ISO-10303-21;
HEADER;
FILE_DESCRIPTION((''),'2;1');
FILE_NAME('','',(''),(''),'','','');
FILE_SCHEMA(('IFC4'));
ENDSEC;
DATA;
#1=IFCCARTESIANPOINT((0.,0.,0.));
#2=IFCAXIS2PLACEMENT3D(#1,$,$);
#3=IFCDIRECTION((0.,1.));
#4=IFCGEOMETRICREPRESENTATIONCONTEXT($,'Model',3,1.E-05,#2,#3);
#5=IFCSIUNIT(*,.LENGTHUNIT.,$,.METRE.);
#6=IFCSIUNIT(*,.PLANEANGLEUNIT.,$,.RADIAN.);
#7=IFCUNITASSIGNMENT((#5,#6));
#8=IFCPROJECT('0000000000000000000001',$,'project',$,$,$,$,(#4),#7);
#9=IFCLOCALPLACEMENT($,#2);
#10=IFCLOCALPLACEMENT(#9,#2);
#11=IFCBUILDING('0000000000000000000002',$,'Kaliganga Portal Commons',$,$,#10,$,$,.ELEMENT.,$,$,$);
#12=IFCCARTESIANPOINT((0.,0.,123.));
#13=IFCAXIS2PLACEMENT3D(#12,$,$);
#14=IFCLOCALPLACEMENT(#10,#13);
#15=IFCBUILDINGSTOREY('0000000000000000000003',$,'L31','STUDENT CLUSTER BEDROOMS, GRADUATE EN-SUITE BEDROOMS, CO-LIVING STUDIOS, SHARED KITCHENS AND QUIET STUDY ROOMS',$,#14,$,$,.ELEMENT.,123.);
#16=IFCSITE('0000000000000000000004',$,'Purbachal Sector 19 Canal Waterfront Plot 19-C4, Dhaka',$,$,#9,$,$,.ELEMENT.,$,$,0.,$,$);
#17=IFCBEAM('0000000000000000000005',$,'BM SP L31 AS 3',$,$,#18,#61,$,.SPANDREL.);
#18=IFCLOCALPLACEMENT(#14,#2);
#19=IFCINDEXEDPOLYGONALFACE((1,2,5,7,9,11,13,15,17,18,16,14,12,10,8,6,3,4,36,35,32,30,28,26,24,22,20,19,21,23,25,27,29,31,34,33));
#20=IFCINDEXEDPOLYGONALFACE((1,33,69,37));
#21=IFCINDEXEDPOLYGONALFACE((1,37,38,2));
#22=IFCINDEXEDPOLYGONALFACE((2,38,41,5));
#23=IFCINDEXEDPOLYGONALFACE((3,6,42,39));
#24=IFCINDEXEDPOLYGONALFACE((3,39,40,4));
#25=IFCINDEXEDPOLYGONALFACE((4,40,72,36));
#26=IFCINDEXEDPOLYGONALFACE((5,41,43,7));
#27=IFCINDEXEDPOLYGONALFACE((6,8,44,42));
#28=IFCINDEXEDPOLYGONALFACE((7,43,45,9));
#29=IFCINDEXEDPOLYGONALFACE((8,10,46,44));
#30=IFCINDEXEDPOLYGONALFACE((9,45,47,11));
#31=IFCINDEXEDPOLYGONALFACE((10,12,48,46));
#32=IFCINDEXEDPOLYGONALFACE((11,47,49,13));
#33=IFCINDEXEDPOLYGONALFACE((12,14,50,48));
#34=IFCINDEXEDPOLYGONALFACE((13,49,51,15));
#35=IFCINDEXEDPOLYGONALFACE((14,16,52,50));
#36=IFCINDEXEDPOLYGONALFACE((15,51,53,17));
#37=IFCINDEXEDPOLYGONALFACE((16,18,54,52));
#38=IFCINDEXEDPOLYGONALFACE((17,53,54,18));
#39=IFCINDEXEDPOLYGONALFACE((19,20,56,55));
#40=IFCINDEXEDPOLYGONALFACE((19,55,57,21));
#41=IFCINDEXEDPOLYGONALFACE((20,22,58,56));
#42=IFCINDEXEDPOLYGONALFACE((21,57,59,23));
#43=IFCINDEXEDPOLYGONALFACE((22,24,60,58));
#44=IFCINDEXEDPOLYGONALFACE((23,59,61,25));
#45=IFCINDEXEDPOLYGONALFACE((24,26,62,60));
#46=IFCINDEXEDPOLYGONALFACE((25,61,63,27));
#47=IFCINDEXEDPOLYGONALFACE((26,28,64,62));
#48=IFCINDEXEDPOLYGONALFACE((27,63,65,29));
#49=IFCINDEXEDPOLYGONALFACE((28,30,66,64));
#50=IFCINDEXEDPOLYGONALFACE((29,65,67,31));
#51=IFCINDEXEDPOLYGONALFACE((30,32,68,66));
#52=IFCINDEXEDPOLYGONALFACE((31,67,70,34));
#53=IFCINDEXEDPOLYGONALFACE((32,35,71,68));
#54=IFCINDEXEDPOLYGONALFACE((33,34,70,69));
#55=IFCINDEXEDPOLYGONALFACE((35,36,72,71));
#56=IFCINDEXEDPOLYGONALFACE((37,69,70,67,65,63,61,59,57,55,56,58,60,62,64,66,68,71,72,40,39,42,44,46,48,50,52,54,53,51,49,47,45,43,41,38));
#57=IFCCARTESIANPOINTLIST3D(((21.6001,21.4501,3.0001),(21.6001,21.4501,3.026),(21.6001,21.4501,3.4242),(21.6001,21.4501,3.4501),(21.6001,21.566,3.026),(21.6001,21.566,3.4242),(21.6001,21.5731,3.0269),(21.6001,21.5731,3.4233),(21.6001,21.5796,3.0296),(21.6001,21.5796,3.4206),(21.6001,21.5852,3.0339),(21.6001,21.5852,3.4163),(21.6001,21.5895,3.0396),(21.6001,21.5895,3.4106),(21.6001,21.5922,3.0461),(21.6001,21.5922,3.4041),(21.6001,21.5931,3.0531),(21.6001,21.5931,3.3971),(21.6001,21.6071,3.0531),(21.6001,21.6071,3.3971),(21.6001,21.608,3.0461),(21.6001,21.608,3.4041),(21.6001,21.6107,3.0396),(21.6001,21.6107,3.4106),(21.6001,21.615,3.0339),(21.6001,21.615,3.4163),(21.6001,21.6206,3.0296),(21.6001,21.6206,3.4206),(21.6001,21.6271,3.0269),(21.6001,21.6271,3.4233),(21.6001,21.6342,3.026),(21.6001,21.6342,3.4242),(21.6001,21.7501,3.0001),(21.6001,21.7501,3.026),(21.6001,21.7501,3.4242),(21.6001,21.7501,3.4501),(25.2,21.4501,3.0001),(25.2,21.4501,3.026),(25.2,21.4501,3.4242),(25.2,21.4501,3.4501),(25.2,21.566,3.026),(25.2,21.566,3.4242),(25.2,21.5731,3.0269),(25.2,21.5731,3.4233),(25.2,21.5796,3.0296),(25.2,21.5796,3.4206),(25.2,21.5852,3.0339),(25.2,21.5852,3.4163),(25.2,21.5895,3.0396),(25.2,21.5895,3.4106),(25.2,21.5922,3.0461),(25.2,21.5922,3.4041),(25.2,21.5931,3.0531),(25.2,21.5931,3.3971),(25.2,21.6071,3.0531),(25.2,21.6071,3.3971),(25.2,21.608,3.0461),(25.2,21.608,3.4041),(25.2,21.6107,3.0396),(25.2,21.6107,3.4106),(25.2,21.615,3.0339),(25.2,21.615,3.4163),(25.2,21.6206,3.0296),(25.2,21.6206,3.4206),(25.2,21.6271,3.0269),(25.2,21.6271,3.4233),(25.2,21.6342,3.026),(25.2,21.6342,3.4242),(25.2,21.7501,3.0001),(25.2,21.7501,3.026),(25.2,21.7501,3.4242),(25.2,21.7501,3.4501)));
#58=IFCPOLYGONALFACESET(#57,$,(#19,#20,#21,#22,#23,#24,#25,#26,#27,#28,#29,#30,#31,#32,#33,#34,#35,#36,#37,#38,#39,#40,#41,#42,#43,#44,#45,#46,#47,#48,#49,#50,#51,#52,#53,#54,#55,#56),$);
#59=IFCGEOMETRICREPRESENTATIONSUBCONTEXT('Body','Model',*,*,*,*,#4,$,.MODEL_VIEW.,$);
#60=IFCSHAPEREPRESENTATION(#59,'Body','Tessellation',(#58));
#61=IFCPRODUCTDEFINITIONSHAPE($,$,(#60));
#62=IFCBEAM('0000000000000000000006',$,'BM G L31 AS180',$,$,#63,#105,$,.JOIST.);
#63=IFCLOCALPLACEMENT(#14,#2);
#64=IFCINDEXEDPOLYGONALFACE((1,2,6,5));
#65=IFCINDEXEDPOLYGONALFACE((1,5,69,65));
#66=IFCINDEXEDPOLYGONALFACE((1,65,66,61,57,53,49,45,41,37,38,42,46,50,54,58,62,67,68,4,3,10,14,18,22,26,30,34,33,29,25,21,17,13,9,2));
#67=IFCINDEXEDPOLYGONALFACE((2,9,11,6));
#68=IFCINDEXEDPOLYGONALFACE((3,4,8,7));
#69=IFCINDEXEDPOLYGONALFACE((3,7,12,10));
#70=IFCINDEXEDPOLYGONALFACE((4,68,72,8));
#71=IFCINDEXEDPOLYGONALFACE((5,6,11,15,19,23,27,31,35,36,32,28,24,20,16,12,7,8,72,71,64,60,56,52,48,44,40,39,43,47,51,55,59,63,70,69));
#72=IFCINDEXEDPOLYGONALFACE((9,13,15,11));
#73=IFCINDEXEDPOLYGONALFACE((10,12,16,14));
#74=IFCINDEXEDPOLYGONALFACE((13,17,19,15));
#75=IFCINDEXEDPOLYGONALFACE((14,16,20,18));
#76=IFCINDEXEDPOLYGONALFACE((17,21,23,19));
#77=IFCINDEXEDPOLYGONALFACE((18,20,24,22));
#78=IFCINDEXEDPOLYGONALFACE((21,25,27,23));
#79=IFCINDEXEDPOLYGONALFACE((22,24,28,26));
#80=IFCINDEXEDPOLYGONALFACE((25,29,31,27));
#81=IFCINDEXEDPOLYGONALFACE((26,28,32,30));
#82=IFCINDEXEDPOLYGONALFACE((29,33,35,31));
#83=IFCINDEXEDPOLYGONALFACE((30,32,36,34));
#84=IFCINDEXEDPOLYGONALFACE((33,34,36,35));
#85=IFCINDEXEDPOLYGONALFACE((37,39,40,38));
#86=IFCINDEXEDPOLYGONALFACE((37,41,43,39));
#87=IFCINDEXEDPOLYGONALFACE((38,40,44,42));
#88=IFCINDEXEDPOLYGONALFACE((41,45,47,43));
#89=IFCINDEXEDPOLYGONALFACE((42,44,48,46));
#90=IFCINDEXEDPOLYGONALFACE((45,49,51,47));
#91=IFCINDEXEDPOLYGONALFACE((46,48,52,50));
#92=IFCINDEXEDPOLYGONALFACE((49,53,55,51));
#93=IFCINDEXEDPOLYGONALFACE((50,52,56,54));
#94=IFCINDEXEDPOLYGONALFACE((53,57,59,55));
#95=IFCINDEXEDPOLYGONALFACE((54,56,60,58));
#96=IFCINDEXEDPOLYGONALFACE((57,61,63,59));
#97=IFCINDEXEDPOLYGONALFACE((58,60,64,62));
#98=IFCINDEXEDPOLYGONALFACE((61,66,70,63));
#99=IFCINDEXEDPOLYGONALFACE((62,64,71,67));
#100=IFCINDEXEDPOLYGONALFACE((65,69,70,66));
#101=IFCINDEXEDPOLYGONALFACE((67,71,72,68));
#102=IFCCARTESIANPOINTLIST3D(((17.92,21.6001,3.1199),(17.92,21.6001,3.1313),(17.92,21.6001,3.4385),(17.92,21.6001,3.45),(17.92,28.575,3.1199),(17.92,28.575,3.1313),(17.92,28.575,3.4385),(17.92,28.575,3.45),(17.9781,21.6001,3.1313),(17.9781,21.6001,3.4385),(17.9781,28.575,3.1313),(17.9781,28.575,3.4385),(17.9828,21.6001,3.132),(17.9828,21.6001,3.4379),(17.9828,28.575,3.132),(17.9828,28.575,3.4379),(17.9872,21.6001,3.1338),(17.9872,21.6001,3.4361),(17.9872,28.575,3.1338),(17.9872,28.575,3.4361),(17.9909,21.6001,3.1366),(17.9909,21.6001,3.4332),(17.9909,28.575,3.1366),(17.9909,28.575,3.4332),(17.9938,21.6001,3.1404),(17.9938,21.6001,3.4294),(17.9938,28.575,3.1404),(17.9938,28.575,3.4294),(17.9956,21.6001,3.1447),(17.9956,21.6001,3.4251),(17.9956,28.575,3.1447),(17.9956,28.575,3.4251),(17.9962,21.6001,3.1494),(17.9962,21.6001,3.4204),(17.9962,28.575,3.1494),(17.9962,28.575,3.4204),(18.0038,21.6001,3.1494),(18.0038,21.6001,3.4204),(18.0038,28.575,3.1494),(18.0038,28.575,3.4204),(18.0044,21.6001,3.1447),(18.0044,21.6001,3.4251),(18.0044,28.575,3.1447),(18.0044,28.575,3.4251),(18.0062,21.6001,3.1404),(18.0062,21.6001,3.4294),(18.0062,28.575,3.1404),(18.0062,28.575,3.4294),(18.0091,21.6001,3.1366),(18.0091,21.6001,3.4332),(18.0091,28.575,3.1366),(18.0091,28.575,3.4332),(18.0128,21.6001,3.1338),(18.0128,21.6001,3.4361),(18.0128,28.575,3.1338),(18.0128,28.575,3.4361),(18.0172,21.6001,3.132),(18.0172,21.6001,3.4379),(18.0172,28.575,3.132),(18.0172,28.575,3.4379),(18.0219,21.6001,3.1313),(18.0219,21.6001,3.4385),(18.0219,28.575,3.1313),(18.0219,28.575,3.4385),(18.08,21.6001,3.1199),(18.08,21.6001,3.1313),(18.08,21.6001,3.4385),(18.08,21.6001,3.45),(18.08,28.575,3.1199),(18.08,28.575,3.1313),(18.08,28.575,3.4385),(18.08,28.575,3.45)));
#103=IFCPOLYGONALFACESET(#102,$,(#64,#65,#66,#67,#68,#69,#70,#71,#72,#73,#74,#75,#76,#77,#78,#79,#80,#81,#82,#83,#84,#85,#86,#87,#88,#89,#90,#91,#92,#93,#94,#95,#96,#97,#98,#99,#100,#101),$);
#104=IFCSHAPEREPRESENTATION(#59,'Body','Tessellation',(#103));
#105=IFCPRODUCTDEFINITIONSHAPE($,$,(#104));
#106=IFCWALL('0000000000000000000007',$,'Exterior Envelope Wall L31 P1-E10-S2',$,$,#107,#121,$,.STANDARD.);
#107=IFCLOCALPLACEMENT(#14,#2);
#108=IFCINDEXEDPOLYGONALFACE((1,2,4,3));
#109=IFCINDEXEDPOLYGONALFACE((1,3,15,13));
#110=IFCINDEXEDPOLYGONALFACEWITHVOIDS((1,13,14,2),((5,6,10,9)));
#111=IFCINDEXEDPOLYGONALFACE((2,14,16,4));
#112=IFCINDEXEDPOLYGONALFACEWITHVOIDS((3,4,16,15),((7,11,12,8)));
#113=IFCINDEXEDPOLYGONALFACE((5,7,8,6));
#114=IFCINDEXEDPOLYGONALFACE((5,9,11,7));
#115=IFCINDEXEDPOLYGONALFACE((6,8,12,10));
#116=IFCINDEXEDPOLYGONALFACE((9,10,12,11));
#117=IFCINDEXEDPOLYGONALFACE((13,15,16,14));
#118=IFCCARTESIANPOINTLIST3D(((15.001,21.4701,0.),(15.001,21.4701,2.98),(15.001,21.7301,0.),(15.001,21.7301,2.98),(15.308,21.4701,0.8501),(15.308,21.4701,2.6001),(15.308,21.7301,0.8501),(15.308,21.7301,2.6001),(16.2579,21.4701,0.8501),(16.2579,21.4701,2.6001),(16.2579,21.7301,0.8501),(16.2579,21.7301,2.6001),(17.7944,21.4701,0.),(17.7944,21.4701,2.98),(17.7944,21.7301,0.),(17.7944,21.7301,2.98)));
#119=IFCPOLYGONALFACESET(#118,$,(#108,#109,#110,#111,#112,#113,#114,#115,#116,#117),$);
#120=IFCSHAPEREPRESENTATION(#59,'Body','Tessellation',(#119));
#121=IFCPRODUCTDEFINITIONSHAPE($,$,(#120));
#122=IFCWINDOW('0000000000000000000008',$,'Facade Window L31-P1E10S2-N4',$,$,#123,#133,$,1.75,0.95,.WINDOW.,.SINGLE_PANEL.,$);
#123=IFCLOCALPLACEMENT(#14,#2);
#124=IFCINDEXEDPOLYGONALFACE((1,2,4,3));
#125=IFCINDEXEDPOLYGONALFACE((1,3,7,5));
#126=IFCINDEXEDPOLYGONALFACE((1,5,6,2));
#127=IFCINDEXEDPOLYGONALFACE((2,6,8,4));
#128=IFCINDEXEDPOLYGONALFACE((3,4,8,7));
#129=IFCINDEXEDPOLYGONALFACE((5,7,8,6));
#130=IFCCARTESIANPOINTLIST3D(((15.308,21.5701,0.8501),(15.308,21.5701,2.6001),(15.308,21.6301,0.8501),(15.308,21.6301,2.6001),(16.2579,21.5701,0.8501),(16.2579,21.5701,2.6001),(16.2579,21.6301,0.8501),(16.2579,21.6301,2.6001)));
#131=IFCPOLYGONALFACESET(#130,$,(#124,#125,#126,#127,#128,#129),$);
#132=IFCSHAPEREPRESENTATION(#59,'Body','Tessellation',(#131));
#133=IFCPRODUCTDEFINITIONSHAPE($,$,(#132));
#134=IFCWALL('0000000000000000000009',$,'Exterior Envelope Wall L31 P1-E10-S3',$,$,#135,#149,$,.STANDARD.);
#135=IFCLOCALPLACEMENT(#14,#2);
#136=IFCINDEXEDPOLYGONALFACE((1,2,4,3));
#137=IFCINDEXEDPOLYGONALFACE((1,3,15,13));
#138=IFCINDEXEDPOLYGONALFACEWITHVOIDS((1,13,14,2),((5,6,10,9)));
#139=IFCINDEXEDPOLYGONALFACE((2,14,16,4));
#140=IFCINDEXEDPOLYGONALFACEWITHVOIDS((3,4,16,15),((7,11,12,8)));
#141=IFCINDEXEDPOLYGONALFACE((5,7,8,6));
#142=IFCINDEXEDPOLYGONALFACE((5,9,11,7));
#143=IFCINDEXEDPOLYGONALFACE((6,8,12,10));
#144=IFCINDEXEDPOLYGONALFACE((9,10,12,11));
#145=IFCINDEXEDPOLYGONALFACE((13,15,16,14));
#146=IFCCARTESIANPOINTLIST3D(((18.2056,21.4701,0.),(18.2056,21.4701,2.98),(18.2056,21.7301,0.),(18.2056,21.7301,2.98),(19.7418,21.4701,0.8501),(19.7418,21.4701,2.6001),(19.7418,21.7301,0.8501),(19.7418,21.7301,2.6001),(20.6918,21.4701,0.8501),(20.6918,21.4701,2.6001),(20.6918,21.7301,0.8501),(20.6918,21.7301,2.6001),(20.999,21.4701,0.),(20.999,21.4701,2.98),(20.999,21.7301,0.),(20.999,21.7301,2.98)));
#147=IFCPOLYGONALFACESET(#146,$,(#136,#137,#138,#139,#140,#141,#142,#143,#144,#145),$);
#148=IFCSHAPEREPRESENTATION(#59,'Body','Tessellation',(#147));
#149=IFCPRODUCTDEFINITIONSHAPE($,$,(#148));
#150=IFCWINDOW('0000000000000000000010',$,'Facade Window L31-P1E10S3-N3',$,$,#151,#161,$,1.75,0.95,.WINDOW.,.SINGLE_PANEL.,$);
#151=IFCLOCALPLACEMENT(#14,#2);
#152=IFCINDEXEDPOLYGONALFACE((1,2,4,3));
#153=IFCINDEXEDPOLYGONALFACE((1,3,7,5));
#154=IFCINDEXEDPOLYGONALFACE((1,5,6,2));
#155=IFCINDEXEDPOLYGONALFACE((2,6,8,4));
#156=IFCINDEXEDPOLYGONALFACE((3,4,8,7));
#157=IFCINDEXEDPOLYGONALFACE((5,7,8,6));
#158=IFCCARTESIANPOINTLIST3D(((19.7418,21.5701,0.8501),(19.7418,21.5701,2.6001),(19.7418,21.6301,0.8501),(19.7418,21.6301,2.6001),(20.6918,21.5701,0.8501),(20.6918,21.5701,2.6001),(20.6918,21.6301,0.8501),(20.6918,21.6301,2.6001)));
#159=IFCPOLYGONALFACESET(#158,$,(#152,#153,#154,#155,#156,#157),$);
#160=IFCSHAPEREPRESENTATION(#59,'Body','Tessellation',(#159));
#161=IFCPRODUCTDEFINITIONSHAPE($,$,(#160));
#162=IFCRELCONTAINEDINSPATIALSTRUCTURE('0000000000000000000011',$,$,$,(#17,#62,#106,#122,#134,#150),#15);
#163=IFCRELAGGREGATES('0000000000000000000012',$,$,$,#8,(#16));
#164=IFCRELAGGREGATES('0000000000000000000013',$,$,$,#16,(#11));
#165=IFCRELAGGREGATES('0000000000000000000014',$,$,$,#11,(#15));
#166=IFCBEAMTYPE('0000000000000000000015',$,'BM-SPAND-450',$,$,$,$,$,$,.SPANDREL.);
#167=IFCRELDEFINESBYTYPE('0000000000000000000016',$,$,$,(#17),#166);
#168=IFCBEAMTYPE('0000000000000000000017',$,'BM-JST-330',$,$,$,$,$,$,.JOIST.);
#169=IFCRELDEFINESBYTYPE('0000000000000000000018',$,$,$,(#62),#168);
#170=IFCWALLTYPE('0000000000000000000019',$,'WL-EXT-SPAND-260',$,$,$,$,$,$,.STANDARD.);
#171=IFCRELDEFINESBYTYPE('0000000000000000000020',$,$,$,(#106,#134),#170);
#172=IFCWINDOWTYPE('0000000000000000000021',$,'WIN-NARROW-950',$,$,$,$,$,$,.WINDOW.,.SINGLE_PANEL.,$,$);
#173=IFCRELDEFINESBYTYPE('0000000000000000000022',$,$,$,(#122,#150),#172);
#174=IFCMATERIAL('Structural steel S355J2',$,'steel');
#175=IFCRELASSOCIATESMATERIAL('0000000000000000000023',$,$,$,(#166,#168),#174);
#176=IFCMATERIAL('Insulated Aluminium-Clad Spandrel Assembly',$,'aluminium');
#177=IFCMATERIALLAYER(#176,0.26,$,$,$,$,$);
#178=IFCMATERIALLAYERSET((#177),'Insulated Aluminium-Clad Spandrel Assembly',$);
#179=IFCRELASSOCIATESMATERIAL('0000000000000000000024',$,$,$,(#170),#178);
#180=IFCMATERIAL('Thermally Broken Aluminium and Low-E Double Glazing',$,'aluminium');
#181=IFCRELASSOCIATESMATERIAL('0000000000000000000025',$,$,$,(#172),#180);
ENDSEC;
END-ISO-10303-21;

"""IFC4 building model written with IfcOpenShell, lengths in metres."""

from ifc_helpers import new_model, si_unit, direction, frame, frame_2d, origin, origin_2d, place, context, subcontext, project, spatial, rectangle, i_section, extrude, source, transform, mapped, material, layer, layer_set, material_profile, profile_set, type_object, element, fill, save


model = new_model("IFC4")

# Units and contexts
model_context = context("Model", 3, precision=1e-05, world=origin(), true_north=direction((0.0, 1.0)))
body_context = subcontext(model_context, "Body", "Model", "MODEL_VIEW")
ifc_project = project(units=[si_unit("LENGTHUNIT", "METRE"), si_unit("PLANEANGLEUNIT", "RADIAN")], contexts=[model_context])

# Site, building, storey
site_placement = place(None, origin())
site = spatial("IfcSite", under=ifc_project, at=site_placement, Name="Purbachal Sector 19 Canal Waterfront Plot 19-C4, Dhaka", CompositionType="ELEMENT", RefElevation=0.0)
building_placement = place(site_placement, origin())
building = spatial("IfcBuilding", under=site, at=building_placement, Name="Kaliganga Portal Commons", CompositionType="ELEMENT")
storey_placement = place(building_placement, frame((0.0, 0.0, 123.0)))
storey = spatial("IfcBuildingStorey", under=building, at=storey_placement, Name="L31", Description="STUDENT CLUSTER BEDROOMS, GRADUATE EN-SUITE BEDROOMS, CO-LIVING STUDIOS, SHARED KITCHENS AND QUIET STUDY ROOMS", CompositionType="ELEMENT", Elevation=123.0)

# Beams
ifc_material_1 = material(Name="Structural steel S355J2", Category="steel")
ifc_material_profile_1 = material_profile(ifc_material_1, i_section(OverallWidth=0.3, OverallDepth=0.45, WebThickness=0.0139, FlangeThickness=0.0259, FilletRadius=0.0271, at=origin_2d()), Name="HE 450 B")
ifc_profile_set_1 = profile_set([ifc_material_profile_1], Name="Structural steel S355J2 wide-flange")
beam_type_1 = type_object("IfcBeamType", Name="BM-SPAND-450", PredefinedType="SPANDREL", material=ifc_profile_set_1)
shared_shape_1 = source(origin(), body_context, "Body", "SweptSolid", [
    extrude(i_section(OverallWidth=0.3, OverallDepth=0.45, WebThickness=0.0139, FlangeThickness=0.0259, FilletRadius=0.0271, at=origin_2d()), origin(), (0.0, 0.0, 1.0), 3.5999),
])
beam_1_placement = place(storey_placement, frame((21.6001, 21.6001, 3.2251), z_axis=(1.0, 0.0, 0.0), x_axis=(0.0, 1.0, 0.0)))
element("IfcBeam", 1, at=beam_1_placement, inside=storey, type_object=beam_type_1, Name="BM SP L31 AS 3", PredefinedType="SPANDREL", context=body_context, shape_type="MappedRepresentation", body=[
    mapped(shared_shape_1, transform((0.0, 0.0, 0.0), x_axis=(1.0, 0.0, 0.0), y_axis=(0.0, 1.0, 0.0), z_axis=(0.0, 0.0, 1.0), scale=1.0)),
])
ifc_material_profile_2 = material_profile(ifc_material_1, i_section(OverallWidth=0.1599, OverallDepth=0.3301, WebThickness=0.0076, FlangeThickness=0.0115, FilletRadius=0.0181, at=origin_2d()), Name="IPE 330")
ifc_profile_set_2 = profile_set([ifc_material_profile_2], Name="Structural steel S355J2 wide-flange")
beam_type_2 = type_object("IfcBeamType", Name="BM-JST-330", PredefinedType="JOIST", material=ifc_profile_set_2)
shared_shape_2 = source(origin(), body_context, "Body", "SweptSolid", [
    extrude(i_section(OverallWidth=0.1599, OverallDepth=0.3301, WebThickness=0.0076, FlangeThickness=0.0115, FilletRadius=0.0181, at=origin_2d()), origin(), (0.0, 0.0, 1.0), 6.9749),
])
beam_2_placement = place(storey_placement, frame((18.0, 21.6001, 3.2849), z_axis=(0.0, 1.0, 0.0), x_axis=(-1.0, 0.0, 0.0)))
element("IfcBeam", 2, at=beam_2_placement, inside=storey, type_object=beam_type_2, Name="BM G L31 AS180", PredefinedType="JOIST", context=body_context, shape_type="MappedRepresentation", body=[
    mapped(shared_shape_2, transform((0.0, 0.0, 0.0), x_axis=(1.0, 0.0, 0.0), y_axis=(0.0, 1.0, 0.0), z_axis=(0.0, 0.0, 1.0), scale=1.0)),
])

# Walls, openings, windows
ifc_material_2 = material(Name="Insulated Aluminium-Clad Spandrel Assembly", Category="aluminium")
ifc_layer_1 = layer(ifc_material_2, 0.26)
ifc_layer_set_1 = layer_set([ifc_layer_1], Name="Insulated Aluminium-Clad Spandrel Assembly")
wall_type_1 = type_object("IfcWallType", Name="WL-EXT-SPAND-260", PredefinedType="STANDARD", material=ifc_layer_set_1)
wall_1_placement = place(storey_placement, frame((17.7944, 21.6001, 0.0), z_axis=(0.0, 0.0, 1.0), x_axis=(-1.0, 0.0, 0.0)))
wall_1 = element("IfcWall", 3, at=wall_1_placement, inside=storey, type_object=wall_type_1, Name="Exterior Envelope Wall L31 P1-E10-S2", PredefinedType="STANDARD", context=body_context, shape_type="SweptSolid", body=[
    extrude(rectangle(XDim=2.7935, YDim=0.26, at=frame_2d((1.3967, 0.0))), origin(), (0.0, 0.0, 1.0), 2.98),
])
opening_1_placement = place(wall_1_placement, frame((1.5364, 0.0, 0.8501)))
opening_1 = element("IfcOpeningElement", 4, at=opening_1_placement, cuts=wall_1, PredefinedType="OPENING", context=body_context, shape_type="SweptSolid", body=[
    extrude(rectangle(XDim=0.95, YDim=1.75, at=frame_2d((0.4751, 0.875))), frame((0.0, 0.1401, 0.0), z_axis=(0.0, -1.0, 0.0), x_axis=(1.0, 0.0, 0.0)), (0.0, 0.0, 1.0), 0.28),
])
ifc_material_3 = material(Name="Thermally Broken Aluminium and Low-E Double Glazing", Category="aluminium")
window_type = type_object("IfcWindowType", Name="WIN-NARROW-950", PartitioningType="SINGLE_PANEL", PredefinedType="WINDOW", material=ifc_material_3)
window_1_placement = place(opening_1_placement, origin())
window_1 = element("IfcWindow", 5, at=window_1_placement, inside=storey, type_object=window_type, Name="Facade Window L31-P1E10S2-N4", OverallHeight=1.75, OverallWidth=0.95, PartitioningType="SINGLE_PANEL", PredefinedType="WINDOW", context=body_context, shape_type="SweptSolid", body=[
    extrude(rectangle(XDim=0.95, YDim=1.75, at=frame_2d((0.4751, 0.875))), frame((0.0, 0.03, 0.0), z_axis=(0.0, -1.0, 0.0), x_axis=(1.0, 0.0, 0.0)), (0.0, 0.0, 1.0), 0.0601),
])
fill(opening_1, window_1)
wall_2_placement = place(storey_placement, frame((20.999, 21.6001, 0.0), z_axis=(0.0, 0.0, 1.0), x_axis=(-1.0, 0.0, 0.0)))
wall_2 = element("IfcWall", 6, at=wall_2_placement, inside=storey, type_object=wall_type_1, Name="Exterior Envelope Wall L31 P1-E10-S3", PredefinedType="STANDARD", context=body_context, shape_type="SweptSolid", body=[
    extrude(rectangle(XDim=2.7935, YDim=0.26, at=frame_2d((1.3967, 0.0))), origin(), (0.0, 0.0, 1.0), 2.98),
])
opening_2_placement = place(wall_2_placement, frame((0.3071, 0.0, 0.8501)))
opening_2 = element("IfcOpeningElement", 7, at=opening_2_placement, cuts=wall_2, PredefinedType="OPENING", context=body_context, shape_type="SweptSolid", body=[
    extrude(rectangle(XDim=0.95, YDim=1.75, at=frame_2d((0.4751, 0.875))), frame((0.0, 0.1401, 0.0), z_axis=(0.0, -1.0, 0.0), x_axis=(1.0, 0.0, 0.0)), (0.0, 0.0, 1.0), 0.28),
])
window_2_placement = place(opening_2_placement, origin())
window_2 = element("IfcWindow", 8, at=window_2_placement, inside=storey, type_object=window_type, Name="Facade Window L31-P1E10S3-N3", OverallHeight=1.75, OverallWidth=0.95, PartitioningType="SINGLE_PANEL", PredefinedType="WINDOW", context=body_context, shape_type="SweptSolid", body=[
    extrude(rectangle(XDim=0.95, YDim=1.75, at=frame_2d((0.4751, 0.875))), frame((0.0, 0.03, 0.0), z_axis=(0.0, -1.0, 0.0), x_axis=(1.0, 0.0, 0.0)), (0.0, 0.0, 1.0), 0.0601),
])
fill(opening_2, window_2)

save(model, "model.ifc")
